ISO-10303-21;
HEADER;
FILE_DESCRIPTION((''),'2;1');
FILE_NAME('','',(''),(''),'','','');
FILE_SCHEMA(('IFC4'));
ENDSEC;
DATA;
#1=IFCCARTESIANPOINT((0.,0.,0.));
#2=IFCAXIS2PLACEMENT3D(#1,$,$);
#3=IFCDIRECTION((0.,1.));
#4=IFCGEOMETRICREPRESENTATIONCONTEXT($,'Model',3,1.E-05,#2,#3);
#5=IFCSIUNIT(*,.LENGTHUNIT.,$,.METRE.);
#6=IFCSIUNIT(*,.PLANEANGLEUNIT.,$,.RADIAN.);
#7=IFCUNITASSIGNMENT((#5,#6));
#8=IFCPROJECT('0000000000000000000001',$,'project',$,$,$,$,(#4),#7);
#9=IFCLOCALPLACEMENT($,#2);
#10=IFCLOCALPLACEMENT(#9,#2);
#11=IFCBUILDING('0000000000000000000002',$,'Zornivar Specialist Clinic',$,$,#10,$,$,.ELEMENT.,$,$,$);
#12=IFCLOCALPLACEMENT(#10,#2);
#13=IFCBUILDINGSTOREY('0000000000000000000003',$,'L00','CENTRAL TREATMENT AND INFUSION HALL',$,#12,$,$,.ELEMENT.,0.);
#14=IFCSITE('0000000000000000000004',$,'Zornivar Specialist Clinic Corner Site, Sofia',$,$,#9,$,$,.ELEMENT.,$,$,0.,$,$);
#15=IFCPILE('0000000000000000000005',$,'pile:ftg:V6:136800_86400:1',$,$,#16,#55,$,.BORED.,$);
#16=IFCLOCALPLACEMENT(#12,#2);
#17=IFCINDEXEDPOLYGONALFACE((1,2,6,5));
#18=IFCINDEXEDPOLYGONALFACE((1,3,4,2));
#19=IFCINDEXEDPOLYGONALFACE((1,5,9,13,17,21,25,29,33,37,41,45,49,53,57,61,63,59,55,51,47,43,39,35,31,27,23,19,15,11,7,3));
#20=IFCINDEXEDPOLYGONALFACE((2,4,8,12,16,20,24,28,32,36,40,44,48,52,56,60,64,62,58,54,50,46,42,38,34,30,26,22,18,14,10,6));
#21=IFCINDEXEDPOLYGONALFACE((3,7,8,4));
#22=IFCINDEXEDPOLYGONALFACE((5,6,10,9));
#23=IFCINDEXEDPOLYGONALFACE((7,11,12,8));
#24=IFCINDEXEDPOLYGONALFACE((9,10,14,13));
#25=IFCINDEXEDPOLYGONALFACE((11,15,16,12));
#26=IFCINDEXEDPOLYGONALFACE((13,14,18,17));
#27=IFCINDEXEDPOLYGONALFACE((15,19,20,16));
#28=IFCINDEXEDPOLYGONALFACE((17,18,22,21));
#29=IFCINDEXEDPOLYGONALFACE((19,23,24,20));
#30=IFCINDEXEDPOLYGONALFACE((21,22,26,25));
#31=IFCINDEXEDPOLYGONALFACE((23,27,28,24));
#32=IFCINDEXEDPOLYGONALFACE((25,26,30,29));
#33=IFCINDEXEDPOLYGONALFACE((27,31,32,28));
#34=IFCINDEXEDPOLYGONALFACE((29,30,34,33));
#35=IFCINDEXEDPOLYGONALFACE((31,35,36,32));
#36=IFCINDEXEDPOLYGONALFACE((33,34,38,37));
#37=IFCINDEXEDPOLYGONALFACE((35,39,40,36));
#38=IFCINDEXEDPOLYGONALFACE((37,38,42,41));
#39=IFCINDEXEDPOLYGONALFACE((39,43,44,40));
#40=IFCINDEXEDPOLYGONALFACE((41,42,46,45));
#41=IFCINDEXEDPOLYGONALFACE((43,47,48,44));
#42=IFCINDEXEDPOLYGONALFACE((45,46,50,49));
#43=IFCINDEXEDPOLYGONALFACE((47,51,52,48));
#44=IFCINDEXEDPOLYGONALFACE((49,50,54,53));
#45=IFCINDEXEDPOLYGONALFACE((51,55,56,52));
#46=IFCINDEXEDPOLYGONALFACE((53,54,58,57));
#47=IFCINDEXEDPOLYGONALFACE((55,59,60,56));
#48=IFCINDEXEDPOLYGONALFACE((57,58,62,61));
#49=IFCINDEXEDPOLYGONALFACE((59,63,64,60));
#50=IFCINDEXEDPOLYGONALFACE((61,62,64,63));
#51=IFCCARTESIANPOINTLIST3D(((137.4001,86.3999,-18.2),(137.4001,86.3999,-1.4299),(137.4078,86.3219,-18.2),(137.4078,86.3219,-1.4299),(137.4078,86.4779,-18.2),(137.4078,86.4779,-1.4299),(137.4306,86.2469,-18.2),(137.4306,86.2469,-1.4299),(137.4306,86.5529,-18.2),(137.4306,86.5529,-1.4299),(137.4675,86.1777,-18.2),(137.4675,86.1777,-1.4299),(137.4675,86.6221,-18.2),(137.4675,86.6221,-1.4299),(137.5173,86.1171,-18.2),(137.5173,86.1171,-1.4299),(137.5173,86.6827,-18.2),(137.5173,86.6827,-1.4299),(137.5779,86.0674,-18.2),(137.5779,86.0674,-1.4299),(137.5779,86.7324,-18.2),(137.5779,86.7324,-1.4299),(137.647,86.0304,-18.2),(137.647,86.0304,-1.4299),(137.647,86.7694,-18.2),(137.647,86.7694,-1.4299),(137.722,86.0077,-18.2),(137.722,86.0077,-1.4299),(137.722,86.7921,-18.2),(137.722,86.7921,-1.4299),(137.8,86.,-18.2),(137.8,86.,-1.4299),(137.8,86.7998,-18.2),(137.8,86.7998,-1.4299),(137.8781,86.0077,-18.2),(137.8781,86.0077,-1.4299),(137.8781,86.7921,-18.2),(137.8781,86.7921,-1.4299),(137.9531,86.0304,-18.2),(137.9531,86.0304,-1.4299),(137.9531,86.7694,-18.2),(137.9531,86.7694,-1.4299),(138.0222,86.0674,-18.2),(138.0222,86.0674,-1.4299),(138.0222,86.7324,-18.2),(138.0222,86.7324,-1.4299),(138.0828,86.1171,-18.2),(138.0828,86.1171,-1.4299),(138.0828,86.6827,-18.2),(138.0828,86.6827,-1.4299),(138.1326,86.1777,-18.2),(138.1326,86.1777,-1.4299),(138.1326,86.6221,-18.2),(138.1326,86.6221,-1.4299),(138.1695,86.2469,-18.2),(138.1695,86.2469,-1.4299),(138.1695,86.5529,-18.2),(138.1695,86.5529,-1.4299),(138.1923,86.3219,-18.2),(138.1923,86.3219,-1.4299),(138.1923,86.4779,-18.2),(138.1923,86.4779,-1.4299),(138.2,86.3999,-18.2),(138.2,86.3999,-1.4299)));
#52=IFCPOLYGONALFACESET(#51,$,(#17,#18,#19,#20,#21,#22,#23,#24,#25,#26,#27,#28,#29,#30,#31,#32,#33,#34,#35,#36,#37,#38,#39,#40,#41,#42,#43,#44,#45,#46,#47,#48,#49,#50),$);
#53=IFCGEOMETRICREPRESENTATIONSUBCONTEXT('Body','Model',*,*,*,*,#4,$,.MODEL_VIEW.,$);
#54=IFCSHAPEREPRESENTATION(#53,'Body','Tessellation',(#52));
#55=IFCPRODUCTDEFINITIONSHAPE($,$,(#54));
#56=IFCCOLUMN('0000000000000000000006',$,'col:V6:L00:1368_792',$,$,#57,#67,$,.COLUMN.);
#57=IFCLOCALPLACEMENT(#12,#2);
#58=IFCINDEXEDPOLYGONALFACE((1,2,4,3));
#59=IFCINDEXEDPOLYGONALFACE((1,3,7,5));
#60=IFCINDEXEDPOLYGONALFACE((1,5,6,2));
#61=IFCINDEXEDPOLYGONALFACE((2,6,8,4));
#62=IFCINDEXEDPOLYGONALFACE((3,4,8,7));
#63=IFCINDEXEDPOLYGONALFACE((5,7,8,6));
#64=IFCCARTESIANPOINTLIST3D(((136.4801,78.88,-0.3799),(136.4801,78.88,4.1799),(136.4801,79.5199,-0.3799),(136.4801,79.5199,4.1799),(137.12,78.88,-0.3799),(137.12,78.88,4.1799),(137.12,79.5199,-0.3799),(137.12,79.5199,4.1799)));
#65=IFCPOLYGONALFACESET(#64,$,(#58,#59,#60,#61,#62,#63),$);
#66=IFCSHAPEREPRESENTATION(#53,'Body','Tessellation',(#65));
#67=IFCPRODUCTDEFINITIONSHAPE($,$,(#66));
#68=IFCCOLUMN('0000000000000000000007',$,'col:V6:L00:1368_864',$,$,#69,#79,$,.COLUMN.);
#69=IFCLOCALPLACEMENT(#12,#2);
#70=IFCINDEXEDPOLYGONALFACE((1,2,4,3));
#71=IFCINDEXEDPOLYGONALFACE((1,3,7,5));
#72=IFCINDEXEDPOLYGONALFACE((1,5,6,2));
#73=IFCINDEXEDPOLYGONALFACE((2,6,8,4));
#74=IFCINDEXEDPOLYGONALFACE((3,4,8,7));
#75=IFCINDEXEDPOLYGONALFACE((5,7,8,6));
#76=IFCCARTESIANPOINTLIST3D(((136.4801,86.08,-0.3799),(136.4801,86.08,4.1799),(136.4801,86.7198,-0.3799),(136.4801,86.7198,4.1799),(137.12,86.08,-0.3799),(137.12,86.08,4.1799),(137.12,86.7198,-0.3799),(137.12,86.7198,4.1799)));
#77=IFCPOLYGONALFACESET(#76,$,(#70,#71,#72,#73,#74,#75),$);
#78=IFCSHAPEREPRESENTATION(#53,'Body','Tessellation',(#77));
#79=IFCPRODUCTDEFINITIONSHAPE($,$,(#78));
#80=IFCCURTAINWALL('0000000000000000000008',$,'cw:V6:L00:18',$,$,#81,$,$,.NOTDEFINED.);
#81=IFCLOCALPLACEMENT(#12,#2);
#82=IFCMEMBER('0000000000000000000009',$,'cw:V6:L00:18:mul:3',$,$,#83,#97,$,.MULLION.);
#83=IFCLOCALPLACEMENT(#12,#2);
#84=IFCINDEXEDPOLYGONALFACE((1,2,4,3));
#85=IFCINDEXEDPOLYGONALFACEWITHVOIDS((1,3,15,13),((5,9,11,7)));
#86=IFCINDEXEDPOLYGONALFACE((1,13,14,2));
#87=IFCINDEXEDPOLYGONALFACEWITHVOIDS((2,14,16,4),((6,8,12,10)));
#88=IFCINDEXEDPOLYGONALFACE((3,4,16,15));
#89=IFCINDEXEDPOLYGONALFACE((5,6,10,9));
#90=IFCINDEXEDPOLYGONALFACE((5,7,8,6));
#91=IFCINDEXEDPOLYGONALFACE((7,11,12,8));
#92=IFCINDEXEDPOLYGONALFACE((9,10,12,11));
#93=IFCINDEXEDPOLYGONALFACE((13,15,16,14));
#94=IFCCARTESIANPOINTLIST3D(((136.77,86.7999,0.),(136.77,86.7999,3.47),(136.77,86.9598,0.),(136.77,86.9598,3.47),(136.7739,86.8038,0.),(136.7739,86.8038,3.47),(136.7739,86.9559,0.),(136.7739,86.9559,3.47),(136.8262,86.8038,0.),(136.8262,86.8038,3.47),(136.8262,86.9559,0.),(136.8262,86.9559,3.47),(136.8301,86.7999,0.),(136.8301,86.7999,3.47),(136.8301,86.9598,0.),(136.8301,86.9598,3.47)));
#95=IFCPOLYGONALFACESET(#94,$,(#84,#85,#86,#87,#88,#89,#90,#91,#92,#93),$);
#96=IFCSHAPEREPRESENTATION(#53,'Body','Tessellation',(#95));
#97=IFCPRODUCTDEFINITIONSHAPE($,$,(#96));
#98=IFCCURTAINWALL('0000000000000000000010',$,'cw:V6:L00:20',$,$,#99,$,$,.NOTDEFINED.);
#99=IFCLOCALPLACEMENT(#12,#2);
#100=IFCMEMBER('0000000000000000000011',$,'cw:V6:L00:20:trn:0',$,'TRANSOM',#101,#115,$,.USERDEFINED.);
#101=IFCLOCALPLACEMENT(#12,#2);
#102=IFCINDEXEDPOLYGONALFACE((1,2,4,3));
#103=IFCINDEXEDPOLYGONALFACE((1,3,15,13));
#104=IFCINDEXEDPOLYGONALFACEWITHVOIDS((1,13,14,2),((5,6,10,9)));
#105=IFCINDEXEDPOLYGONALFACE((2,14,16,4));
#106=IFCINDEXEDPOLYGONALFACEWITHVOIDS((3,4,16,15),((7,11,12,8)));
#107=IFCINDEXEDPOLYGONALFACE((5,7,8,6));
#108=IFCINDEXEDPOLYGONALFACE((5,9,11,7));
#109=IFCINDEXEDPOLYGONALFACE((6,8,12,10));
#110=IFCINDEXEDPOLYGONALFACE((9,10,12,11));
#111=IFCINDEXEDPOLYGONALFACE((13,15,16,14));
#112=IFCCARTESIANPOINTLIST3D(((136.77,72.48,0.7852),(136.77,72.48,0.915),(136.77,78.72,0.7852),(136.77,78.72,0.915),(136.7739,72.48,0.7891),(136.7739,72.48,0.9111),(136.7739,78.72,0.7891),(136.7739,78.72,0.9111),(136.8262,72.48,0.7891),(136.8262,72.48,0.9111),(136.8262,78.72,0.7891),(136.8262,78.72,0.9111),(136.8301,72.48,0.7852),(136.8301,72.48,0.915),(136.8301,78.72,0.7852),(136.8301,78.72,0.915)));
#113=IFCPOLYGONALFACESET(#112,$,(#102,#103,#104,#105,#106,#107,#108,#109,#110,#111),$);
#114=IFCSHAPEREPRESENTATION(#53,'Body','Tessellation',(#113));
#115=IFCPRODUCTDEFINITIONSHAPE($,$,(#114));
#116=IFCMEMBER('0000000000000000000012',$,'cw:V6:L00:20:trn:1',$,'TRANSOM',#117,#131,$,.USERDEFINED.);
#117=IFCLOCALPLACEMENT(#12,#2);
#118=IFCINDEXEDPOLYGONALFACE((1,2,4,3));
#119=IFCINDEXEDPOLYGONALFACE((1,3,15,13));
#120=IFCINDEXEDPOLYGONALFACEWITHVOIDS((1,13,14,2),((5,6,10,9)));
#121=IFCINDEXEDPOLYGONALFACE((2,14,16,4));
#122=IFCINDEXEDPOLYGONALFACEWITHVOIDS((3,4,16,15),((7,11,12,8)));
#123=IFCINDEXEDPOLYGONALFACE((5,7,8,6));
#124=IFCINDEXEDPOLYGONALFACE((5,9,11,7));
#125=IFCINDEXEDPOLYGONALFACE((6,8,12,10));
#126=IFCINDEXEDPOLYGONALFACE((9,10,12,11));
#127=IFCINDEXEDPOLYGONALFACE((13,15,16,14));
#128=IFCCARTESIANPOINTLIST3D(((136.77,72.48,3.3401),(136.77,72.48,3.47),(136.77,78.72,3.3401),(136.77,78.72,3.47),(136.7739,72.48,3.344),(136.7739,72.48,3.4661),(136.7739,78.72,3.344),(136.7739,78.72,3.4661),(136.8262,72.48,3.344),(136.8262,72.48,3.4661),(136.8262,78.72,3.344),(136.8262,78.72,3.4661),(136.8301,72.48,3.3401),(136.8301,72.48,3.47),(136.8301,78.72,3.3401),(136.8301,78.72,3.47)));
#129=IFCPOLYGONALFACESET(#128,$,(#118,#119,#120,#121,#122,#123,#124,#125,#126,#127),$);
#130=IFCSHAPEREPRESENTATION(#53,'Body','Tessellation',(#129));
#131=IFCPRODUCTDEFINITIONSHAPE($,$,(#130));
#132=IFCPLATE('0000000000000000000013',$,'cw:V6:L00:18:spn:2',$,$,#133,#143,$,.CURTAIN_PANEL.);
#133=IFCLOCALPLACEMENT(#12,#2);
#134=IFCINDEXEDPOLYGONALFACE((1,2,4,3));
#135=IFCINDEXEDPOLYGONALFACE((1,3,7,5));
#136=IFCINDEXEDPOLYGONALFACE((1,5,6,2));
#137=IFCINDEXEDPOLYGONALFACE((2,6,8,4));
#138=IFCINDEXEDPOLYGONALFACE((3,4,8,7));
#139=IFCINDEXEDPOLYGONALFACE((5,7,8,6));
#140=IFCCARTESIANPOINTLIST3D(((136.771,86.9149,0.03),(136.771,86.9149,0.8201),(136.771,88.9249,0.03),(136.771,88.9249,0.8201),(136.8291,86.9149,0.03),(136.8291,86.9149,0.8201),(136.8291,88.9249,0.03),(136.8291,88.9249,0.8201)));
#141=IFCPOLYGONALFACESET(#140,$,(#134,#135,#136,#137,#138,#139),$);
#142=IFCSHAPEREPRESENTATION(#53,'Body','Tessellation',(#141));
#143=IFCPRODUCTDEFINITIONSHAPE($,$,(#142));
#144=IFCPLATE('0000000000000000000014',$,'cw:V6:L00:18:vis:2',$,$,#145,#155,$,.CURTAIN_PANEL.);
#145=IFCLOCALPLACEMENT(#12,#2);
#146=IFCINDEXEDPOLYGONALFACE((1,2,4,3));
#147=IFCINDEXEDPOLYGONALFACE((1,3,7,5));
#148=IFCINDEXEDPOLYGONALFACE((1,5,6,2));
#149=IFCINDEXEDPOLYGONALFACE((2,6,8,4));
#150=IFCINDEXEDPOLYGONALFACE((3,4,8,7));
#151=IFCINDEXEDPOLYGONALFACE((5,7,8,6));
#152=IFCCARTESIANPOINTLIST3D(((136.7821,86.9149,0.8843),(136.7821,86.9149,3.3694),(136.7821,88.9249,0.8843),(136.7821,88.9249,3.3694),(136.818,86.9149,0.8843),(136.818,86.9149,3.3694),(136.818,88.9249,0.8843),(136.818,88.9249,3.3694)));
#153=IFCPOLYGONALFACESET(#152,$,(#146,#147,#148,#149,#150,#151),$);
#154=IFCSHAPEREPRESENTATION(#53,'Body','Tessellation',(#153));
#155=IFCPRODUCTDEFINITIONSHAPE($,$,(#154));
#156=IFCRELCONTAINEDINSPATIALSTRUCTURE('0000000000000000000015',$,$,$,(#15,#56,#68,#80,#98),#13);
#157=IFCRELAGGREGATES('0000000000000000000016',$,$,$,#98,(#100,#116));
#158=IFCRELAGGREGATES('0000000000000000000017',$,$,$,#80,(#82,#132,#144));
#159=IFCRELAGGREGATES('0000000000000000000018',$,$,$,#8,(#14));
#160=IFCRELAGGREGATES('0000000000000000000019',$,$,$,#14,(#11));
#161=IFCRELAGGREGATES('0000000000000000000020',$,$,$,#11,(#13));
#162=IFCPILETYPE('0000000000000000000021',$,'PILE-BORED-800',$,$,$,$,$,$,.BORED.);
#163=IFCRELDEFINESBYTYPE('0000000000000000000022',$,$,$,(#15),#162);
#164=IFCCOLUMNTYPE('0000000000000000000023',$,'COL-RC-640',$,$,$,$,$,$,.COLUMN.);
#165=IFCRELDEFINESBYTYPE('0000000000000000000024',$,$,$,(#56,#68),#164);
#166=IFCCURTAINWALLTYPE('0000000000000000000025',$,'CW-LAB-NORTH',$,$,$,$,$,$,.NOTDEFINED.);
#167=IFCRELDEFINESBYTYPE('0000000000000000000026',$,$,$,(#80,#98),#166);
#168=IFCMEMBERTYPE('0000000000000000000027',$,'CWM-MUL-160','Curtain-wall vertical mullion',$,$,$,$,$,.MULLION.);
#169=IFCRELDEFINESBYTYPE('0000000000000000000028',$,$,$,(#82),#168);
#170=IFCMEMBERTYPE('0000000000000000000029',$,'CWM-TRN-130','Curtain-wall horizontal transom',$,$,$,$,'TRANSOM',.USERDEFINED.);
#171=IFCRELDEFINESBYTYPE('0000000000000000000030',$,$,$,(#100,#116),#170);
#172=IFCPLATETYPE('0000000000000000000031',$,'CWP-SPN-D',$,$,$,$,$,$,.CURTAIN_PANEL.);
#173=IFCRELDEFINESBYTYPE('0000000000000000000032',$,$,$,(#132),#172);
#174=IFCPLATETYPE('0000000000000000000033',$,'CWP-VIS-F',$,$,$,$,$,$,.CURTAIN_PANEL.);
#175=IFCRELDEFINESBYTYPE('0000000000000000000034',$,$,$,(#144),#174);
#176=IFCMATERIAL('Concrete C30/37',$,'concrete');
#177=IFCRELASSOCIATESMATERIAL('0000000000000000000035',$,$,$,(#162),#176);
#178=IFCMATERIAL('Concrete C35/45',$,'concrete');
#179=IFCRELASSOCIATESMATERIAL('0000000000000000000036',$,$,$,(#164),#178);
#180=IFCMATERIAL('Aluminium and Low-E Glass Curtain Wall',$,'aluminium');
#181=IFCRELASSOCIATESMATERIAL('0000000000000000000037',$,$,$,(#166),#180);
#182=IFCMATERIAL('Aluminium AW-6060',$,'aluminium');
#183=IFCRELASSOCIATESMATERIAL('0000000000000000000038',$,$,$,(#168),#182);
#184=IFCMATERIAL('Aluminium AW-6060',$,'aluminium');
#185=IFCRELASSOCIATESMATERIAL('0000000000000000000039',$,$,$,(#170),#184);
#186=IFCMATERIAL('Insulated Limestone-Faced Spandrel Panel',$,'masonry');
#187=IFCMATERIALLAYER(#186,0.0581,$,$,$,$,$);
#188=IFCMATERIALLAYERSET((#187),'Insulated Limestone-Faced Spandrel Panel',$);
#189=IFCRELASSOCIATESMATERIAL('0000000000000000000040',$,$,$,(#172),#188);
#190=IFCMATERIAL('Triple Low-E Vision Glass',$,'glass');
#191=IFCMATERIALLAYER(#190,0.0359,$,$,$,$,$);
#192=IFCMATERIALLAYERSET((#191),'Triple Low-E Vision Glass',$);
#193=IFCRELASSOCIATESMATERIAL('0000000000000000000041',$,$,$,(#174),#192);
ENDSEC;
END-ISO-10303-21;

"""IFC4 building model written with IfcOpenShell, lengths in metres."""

from ifc_helpers import new_model, si_unit, direction, frame, origin, origin_2d, place, context, subcontext, project, spatial, rectangle, hollow_rectangle, circle, extrude, material, layer, layer_set, material_profile, profile_set, type_object, element, aggregate, save


model = new_model("IFC4")

# Units and contexts
model_context = context("Model", 3, precision=1e-05, world=origin(), true_north=direction((0.0, 1.0)))
body_context = subcontext(model_context, "Body", "Model", "MODEL_VIEW")
ifc_project = project(units=[si_unit("LENGTHUNIT", "METRE"), si_unit("PLANEANGLEUNIT", "RADIAN")], contexts=[model_context])

# Site, building, storey
site_placement = place(None, origin())
site = spatial("IfcSite", under=ifc_project, at=site_placement, Name="Zornivar Specialist Clinic Corner Site, Sofia", CompositionType="ELEMENT", RefElevation=0.0)
building_placement = place(site_placement, origin())
building = spatial("IfcBuilding", under=site, at=building_placement, Name="Zornivar Specialist Clinic", CompositionType="ELEMENT")
storey_placement = place(building_placement, origin())
storey = spatial("IfcBuildingStorey", under=building, at=storey_placement, Name="L00", Description="CENTRAL TREATMENT AND INFUSION HALL", CompositionType="ELEMENT", Elevation=0.0)

# Pile
ifc_material_1 = material(Name="Concrete C30/37", Category="concrete")
ifc_material_profile_1 = material_profile(ifc_material_1, circle(Radius=0.3999, at=origin_2d()), Name="PILE D800")
ifc_profile_set_1 = profile_set([ifc_material_profile_1], Name="Concrete C30/37")
pile_type = type_object("IfcPileType", Name="PILE-BORED-800", PredefinedType="BORED", material=ifc_profile_set_1)
for number, where, z_axis, x_axis, name in (
    (1, (137.8, 86.3999, -1.4299), (0.0, 0.0, -1.0), (1.0, 0.0, 0.0), "pile:ftg:V6:136800_86400:1"),
):
    element("IfcPile", number, at=place(storey_placement, frame(where, z_axis=z_axis, x_axis=x_axis)), inside=storey, type_object=pile_type, Name=name, PredefinedType="BORED", context=body_context, shape_type="SweptSolid", body=[
        extrude(circle(Radius=0.3999, at=origin_2d()), origin(), (0.0, 0.0, 1.0), 16.77),
    ])

# Columns
ifc_material_2 = material(Name="Concrete C35/45", Category="concrete")
ifc_material_profile_2 = material_profile(ifc_material_2, rectangle(XDim=0.6399, YDim=0.6399, at=origin_2d()), Name="RC 640x640")
ifc_profile_set_2 = profile_set([ifc_material_profile_2], Name="Concrete C35/45")
column_type = type_object("IfcColumnType", Name="COL-RC-640", PredefinedType="COLUMN", material=ifc_profile_set_2)
for number, where, z_axis, x_axis, name in (
    (2, (136.8, 79.2, -0.3799), (0.0, 0.0, 1.0), (1.0, 0.0, 0.0), "col:V6:L00:1368_792"),
    (3, (136.8, 86.3999, -0.3799), (0.0, 0.0, 1.0), (1.0, 0.0, 0.0), "col:V6:L00:1368_864"),
):
    element("IfcColumn", number, at=place(storey_placement, frame(where, z_axis=z_axis, x_axis=x_axis)), inside=storey, type_object=column_type, Name=name, PredefinedType="COLUMN", context=body_context, shape_type="SweptSolid", body=[
        extrude(rectangle(XDim=0.6399, YDim=0.6399, at=origin_2d()), origin(), (0.0, 0.0, 1.0), 4.5598),
    ])

# Curtain wall, member
ifc_material_3 = material(Name="Aluminium and Low-E Glass Curtain Wall", Category="aluminium")
curtain_wall_type = type_object("IfcCurtainWallType", Name="CW-LAB-NORTH", PredefinedType="NOTDEFINED", material=ifc_material_3)
curtain_wall_1_placement = place(storey_placement, origin())
curtain_wall_1 = element("IfcCurtainWall", 4, at=curtain_wall_1_placement, inside=storey, type_object=curtain_wall_type, Name="cw:V6:L00:18", PredefinedType="NOTDEFINED")
ifc_material_4 = material(Name="Aluminium AW-6060", Category="aluminium")
ifc_material_profile_3 = material_profile(ifc_material_4, hollow_rectangle(XDim=0.0601, YDim=0.1599, WallThickness=0.0039, at=origin_2d()), Name="ALU 60x160x4")
ifc_profile_set_3 = profile_set([ifc_material_profile_3], Name="Aluminium AW-6060")
member_type_1 = type_object("IfcMemberType", Name="CWM-MUL-160", Description="Curtain-wall vertical mullion", PredefinedType="MULLION", material=ifc_profile_set_3)
member_1_placement = place(storey_placement, frame((136.8, 86.8799, 0.0), z_axis=(0.0, 0.0, 1.0), x_axis=(1.0, 0.0, 0.0)))
member_1 = element("IfcMember", 5, at=member_1_placement, type_object=member_type_1, Name="cw:V6:L00:18:mul:3", PredefinedType="MULLION", context=body_context, shape_type="SweptSolid", body=[
    extrude(hollow_rectangle(XDim=0.0601, YDim=0.1599, WallThickness=0.0039, at=origin_2d()), origin(), (0.0, 0.0, 1.0), 3.47),
])

# Curtain wall, members
curtain_wall_2_placement = place(storey_placement, origin())
curtain_wall_2 = element("IfcCurtainWall", 6, at=curtain_wall_2_placement, inside=storey, type_object=curtain_wall_type, Name="cw:V6:L00:20", PredefinedType="NOTDEFINED")
ifc_material_5 = material(Name="Aluminium AW-6060", Category="aluminium")
ifc_material_profile_4 = material_profile(ifc_material_5, hollow_rectangle(XDim=0.0601, YDim=0.1299, WallThickness=0.0039, at=origin_2d()), Name="ALU 60x130x4")
ifc_profile_set_4 = profile_set([ifc_material_profile_4], Name="Aluminium AW-6060")
member_type_2 = type_object("IfcMemberType", Name="CWM-TRN-130", Description="Curtain-wall horizontal transom", ElementType="TRANSOM", PredefinedType="USERDEFINED", material=ifc_profile_set_4)
member_2_placement = place(storey_placement, frame((136.8, 78.72, 0.8501), z_axis=(0.0, -1.0, 0.0), x_axis=(1.0, 0.0, 0.0)))
member_2 = element("IfcMember", 7, at=member_2_placement, type_object=member_type_2, Name="cw:V6:L00:20:trn:0", ObjectType="TRANSOM", PredefinedType="USERDEFINED", context=body_context, shape_type="SweptSolid", body=[
    extrude(hollow_rectangle(XDim=0.0601, YDim=0.1299, WallThickness=0.0039, at=origin_2d()), origin(), (0.0, 0.0, 1.0), 6.24),
])
member_3_placement = place(storey_placement, frame((136.8, 78.72, 3.405), z_axis=(0.0, -1.0, 0.0), x_axis=(1.0, 0.0, 0.0)))
member_3 = element("IfcMember", 8, at=member_3_placement, type_object=member_type_2, Name="cw:V6:L00:20:trn:1", ObjectType="TRANSOM", PredefinedType="USERDEFINED", context=body_context, shape_type="SweptSolid", body=[
    extrude(hollow_rectangle(XDim=0.0601, YDim=0.1299, WallThickness=0.0039, at=origin_2d()), origin(), (0.0, 0.0, 1.0), 6.24),
])
aggregate(curtain_wall_2, [member_2, member_3])

# Plates
ifc_material_6 = material(Name="Insulated Limestone-Faced Spandrel Panel", Category="masonry")
ifc_layer_1 = layer(ifc_material_6, 0.0581)
ifc_layer_set_1 = layer_set([ifc_layer_1], Name="Insulated Limestone-Faced Spandrel Panel")
plate_type_1 = type_object("IfcPlateType", Name="CWP-SPN-D", PredefinedType="CURTAIN_PANEL", material=ifc_layer_set_1)
plate_1_placement = place(storey_placement, frame((136.8, 87.9199, 0.03), z_axis=(0.0, 0.0, 1.0), x_axis=(0.0, -1.0, 0.0)))
plate_1 = element("IfcPlate", 9, at=plate_1_placement, type_object=plate_type_1, Name="cw:V6:L00:18:spn:2", PredefinedType="CURTAIN_PANEL", context=body_context, shape_type="SweptSolid", body=[
    extrude(rectangle(XDim=2.01, YDim=0.0581, at=origin_2d()), origin(), (0.0, 0.0, 1.0), 0.79),
])
ifc_material_7 = material(Name="Triple Low-E Vision Glass", Category="glass")
ifc_layer_2 = layer(ifc_material_7, 0.0359)
ifc_layer_set_2 = layer_set([ifc_layer_2], Name="Triple Low-E Vision Glass")
plate_type_2 = type_object("IfcPlateType", Name="CWP-VIS-F", PredefinedType="CURTAIN_PANEL", material=ifc_layer_set_2)
plate_2_placement = place(storey_placement, frame((136.8, 87.9199, 0.8843), z_axis=(0.0, 0.0, 1.0), x_axis=(0.0, -1.0, 0.0)))
plate_2 = element("IfcPlate", 10, at=plate_2_placement, type_object=plate_type_2, Name="cw:V6:L00:18:vis:2", PredefinedType="CURTAIN_PANEL", context=body_context, shape_type="SweptSolid", body=[
    extrude(rectangle(XDim=2.01, YDim=0.0359, at=origin_2d()), origin(), (0.0, 0.0, 1.0), 2.4851),
])
aggregate(curtain_wall_1, [member_1, plate_1, plate_2])

save(model, "model.ifc")
